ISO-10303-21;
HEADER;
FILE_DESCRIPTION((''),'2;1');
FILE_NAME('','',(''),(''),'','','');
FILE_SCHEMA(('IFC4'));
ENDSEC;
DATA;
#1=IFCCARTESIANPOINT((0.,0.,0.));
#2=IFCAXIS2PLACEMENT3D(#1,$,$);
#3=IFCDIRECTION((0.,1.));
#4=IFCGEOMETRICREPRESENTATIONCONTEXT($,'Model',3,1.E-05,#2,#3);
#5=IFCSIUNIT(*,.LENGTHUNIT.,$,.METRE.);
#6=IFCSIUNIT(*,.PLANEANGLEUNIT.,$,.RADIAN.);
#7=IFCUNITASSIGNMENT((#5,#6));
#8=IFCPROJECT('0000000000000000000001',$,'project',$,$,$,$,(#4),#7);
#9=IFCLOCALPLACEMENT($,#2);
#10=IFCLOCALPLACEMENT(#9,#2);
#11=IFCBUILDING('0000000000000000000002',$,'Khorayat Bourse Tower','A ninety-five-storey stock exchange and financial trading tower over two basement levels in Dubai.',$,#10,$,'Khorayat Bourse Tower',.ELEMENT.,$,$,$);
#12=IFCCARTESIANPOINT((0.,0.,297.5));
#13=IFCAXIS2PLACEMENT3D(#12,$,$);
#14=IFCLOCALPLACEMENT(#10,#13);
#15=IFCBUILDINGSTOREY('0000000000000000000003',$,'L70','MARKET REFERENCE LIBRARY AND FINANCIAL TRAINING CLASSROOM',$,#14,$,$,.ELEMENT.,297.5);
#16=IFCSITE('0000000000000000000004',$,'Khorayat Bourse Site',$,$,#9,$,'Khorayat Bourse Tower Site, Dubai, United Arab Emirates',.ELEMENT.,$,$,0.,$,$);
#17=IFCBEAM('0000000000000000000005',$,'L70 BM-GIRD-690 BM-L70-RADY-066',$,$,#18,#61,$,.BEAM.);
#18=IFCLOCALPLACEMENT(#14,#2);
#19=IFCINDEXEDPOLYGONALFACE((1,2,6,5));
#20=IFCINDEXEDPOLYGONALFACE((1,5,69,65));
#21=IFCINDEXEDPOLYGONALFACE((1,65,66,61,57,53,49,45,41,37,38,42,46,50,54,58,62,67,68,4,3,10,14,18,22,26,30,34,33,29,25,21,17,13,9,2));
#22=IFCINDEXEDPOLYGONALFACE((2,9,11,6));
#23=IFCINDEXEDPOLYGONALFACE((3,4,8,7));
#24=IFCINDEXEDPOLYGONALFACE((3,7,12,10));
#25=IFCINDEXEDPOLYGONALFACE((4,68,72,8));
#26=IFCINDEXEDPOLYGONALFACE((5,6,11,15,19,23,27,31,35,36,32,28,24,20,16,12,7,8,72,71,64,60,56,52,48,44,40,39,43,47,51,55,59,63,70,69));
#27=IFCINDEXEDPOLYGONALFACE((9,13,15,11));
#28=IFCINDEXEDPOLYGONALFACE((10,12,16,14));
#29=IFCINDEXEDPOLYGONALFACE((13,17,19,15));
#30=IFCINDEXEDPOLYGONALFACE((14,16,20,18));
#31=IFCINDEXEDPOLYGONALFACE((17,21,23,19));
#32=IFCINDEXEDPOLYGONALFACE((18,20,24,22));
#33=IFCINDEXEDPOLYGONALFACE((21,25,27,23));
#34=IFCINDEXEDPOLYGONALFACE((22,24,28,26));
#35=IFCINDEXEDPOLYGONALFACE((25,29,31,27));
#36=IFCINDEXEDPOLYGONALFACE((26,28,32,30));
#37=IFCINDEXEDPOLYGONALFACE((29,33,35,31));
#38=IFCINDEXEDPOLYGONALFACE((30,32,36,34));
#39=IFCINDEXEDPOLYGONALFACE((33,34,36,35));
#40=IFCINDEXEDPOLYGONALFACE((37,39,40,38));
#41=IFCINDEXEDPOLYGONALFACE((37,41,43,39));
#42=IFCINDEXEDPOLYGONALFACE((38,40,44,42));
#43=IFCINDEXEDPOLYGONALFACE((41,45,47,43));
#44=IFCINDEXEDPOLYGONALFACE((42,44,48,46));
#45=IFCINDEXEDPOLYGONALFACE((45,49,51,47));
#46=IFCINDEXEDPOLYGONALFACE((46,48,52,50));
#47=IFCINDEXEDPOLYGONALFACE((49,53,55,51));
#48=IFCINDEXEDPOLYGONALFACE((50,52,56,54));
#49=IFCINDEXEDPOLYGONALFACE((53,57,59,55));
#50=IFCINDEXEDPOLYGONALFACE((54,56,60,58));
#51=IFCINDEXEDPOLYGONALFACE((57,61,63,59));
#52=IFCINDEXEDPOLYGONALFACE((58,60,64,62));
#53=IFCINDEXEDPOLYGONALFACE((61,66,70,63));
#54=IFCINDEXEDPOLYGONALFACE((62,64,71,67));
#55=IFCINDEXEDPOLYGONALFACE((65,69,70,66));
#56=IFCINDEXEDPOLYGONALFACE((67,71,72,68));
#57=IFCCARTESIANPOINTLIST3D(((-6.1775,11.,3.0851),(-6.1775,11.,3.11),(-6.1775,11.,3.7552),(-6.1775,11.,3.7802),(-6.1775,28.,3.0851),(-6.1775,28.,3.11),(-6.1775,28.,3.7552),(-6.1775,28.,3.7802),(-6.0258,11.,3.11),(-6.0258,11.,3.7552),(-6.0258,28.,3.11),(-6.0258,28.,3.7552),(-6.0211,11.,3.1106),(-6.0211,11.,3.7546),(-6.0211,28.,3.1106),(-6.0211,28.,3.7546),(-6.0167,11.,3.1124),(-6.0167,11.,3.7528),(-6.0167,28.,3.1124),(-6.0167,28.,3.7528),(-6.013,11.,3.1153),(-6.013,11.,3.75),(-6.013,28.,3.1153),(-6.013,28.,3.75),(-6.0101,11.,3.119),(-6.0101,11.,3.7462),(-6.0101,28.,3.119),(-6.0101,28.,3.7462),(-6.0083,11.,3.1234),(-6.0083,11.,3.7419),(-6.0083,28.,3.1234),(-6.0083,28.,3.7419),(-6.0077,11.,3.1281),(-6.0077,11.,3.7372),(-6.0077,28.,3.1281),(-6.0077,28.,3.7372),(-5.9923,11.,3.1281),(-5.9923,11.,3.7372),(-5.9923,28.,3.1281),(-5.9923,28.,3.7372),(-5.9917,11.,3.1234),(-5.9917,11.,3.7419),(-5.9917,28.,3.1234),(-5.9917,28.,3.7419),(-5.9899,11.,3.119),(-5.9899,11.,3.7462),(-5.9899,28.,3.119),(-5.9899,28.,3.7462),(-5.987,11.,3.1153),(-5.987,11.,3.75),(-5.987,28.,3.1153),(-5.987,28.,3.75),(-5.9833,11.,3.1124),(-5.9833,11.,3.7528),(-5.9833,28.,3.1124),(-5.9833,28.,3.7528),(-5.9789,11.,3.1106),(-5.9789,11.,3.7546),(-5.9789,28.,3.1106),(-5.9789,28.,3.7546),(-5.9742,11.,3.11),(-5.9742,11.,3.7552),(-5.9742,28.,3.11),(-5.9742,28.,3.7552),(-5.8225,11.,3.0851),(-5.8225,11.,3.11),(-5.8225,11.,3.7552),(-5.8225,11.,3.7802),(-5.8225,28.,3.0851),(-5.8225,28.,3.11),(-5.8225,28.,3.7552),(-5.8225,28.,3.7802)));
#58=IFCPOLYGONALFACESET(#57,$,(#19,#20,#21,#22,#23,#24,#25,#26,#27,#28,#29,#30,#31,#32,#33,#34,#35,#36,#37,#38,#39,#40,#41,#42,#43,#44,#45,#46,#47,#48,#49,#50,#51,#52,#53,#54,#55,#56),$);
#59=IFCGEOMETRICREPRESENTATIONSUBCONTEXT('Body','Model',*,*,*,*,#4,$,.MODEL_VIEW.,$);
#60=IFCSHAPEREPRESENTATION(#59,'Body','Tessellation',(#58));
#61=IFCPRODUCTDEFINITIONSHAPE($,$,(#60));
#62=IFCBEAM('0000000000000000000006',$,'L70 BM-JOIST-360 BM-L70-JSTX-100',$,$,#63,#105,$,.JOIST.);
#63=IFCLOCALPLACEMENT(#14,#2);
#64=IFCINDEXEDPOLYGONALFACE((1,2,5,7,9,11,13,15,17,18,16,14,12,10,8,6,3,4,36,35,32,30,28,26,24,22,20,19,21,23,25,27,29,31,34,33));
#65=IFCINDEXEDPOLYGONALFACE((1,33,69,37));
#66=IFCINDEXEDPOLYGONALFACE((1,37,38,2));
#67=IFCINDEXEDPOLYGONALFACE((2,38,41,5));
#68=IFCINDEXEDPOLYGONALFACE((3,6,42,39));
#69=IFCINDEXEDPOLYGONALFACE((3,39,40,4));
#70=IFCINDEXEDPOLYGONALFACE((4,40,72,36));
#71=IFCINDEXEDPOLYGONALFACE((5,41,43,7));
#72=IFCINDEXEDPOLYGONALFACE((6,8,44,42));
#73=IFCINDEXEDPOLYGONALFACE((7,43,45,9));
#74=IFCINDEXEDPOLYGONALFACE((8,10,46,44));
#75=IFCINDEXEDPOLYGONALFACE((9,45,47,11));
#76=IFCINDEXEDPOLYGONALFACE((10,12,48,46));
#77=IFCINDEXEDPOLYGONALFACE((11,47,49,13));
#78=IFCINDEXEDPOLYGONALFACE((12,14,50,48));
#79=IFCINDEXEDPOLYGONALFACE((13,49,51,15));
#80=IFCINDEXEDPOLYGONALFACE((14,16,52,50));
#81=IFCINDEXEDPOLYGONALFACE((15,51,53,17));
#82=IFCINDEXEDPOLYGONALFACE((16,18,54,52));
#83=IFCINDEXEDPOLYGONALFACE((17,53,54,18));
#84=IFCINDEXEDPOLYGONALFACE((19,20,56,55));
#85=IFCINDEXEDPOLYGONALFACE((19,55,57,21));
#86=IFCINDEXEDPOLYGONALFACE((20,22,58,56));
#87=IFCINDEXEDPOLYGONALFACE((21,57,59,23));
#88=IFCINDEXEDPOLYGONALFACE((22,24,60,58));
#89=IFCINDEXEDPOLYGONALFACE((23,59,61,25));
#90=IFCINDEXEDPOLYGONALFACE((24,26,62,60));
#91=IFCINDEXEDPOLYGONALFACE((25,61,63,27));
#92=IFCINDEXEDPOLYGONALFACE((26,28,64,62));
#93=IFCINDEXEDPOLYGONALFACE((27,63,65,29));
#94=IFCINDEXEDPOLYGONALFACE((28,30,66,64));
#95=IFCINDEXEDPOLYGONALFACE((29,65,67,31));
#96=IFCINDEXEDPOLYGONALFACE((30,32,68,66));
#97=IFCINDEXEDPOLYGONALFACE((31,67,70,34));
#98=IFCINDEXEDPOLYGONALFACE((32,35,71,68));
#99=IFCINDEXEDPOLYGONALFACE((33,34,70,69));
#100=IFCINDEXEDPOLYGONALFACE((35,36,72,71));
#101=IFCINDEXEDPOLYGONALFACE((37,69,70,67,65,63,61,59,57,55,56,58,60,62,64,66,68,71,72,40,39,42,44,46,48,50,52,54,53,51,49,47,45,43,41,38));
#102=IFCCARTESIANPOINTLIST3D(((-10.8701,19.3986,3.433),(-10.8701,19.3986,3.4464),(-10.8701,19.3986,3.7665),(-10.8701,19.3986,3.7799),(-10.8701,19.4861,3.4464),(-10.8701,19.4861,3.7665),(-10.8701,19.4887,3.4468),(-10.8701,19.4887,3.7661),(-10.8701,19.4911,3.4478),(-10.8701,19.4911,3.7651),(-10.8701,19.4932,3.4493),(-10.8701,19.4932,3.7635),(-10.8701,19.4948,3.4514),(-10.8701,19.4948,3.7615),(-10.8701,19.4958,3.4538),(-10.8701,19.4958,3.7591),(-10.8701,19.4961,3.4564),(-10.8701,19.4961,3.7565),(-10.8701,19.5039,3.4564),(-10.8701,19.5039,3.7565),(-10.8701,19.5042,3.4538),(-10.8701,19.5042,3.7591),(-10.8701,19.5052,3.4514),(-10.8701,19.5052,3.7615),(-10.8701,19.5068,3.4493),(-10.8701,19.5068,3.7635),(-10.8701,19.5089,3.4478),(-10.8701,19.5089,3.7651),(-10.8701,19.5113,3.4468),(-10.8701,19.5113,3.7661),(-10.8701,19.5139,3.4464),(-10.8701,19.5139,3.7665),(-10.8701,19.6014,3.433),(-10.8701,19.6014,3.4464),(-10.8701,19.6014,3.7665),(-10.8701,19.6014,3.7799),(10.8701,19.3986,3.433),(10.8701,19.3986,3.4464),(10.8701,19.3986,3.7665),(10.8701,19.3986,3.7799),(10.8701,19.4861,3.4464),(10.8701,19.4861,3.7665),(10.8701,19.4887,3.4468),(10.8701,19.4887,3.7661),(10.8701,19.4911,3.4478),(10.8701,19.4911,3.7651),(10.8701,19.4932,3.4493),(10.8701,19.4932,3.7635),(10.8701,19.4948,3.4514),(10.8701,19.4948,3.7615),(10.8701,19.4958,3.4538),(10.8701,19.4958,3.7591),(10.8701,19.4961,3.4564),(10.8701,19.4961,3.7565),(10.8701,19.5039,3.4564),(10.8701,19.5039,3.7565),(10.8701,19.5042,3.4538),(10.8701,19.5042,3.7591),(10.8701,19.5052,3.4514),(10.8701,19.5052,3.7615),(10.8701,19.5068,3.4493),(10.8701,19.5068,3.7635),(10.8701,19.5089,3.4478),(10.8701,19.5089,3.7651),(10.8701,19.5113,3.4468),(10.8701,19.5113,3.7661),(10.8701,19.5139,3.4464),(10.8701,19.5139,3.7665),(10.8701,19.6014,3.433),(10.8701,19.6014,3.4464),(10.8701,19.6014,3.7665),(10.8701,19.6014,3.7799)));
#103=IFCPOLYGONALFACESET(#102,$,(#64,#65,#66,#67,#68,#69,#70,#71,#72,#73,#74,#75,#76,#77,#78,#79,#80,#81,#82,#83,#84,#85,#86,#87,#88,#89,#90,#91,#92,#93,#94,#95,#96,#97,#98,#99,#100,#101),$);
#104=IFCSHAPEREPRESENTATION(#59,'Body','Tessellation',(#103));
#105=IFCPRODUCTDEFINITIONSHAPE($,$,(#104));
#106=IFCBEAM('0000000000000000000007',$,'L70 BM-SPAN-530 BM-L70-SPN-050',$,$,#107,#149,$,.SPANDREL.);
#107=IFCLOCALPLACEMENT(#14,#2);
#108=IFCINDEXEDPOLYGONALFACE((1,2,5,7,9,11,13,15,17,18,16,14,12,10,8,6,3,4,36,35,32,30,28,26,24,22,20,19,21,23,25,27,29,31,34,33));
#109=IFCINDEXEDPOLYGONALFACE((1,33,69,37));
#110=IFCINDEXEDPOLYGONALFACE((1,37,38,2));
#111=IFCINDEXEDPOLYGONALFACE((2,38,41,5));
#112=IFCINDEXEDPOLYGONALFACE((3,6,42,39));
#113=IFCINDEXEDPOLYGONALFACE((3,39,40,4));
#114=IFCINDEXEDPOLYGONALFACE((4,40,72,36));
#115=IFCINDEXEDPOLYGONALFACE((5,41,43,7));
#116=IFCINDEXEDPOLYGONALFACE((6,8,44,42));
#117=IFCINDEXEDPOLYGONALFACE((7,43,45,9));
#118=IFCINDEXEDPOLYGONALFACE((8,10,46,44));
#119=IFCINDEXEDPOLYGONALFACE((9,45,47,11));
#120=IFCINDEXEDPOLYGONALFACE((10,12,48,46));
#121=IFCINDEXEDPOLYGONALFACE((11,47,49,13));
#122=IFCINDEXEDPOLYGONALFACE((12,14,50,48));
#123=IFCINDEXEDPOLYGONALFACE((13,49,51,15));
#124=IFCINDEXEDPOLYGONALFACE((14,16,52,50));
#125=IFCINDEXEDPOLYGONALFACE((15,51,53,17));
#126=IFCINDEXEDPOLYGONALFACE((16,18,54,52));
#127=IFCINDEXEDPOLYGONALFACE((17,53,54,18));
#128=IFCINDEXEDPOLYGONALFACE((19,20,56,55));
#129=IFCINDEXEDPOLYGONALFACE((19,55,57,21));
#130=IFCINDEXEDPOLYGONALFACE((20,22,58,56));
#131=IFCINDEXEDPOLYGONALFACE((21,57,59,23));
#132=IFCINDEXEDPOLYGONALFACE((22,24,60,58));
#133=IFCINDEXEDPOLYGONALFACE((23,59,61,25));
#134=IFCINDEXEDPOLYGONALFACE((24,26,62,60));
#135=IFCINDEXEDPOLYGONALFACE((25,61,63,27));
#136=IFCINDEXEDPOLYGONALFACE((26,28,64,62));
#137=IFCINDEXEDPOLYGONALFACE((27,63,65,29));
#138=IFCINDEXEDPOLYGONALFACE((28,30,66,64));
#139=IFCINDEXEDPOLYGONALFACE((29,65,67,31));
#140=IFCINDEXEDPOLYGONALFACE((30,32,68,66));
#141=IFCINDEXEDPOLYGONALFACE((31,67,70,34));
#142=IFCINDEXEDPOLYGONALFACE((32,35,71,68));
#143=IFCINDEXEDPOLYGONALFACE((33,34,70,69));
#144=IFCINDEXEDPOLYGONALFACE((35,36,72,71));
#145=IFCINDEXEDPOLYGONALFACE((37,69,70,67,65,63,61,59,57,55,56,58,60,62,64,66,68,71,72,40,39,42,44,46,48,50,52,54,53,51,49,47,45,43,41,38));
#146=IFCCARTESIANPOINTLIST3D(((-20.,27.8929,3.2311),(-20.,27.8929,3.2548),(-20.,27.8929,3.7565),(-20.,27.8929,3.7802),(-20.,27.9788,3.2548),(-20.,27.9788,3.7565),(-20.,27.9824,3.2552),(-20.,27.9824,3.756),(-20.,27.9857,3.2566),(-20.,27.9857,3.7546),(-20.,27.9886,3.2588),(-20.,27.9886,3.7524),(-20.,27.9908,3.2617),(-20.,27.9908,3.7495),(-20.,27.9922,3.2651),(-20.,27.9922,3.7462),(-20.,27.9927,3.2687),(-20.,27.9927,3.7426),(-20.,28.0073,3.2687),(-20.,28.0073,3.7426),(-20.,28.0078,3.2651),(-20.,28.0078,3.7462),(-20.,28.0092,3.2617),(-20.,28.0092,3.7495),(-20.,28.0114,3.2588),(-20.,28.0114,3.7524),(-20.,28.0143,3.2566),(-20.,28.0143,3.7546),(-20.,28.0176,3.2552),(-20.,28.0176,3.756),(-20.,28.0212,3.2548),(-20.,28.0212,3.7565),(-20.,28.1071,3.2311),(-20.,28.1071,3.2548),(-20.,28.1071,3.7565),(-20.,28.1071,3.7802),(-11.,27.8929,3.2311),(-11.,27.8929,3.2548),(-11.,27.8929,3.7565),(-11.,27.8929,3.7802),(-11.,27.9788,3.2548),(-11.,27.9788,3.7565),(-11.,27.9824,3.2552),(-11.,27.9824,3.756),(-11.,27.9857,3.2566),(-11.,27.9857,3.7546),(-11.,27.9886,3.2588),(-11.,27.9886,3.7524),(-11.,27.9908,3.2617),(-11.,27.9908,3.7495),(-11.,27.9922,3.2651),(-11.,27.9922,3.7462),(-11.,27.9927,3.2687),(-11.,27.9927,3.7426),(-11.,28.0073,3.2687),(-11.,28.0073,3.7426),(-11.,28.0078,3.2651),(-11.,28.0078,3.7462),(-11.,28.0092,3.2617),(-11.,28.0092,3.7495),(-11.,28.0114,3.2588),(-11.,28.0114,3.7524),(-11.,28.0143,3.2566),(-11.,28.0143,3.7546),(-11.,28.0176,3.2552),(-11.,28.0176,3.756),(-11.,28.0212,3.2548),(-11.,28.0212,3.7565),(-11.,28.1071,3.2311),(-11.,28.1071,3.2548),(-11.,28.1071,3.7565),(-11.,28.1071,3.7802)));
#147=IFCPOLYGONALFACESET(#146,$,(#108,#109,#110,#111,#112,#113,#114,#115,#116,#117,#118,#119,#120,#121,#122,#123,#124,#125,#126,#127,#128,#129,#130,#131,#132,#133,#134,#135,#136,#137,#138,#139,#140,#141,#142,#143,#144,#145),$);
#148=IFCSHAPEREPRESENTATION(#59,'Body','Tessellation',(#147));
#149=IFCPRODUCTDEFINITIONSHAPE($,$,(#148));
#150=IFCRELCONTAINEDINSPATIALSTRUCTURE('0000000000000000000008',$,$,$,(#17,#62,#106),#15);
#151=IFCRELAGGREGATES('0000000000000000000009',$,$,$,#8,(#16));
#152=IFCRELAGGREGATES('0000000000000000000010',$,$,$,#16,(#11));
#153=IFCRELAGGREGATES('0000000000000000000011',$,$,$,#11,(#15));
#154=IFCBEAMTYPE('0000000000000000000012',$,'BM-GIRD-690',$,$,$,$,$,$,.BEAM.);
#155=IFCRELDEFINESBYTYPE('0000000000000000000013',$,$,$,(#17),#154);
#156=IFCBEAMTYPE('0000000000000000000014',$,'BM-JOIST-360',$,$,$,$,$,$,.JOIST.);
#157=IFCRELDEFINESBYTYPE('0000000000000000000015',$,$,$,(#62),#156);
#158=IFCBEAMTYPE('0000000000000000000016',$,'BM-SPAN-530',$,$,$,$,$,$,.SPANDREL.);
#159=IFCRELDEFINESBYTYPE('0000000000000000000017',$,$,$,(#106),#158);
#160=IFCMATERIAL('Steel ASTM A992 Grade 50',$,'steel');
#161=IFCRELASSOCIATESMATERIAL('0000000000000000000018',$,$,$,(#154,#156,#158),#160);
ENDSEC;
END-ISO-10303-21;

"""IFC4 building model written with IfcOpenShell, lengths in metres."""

from ifc_helpers import new_model, si_unit, direction, frame, origin, origin_2d, place, context, subcontext, project, spatial, i_section, extrude, source, transform, mapped, material, material_profile, profile_set, type_object, element, save


model = new_model("IFC4")

# Units and contexts
model_context = context("Model", 3, precision=1e-05, world=origin(), true_north=direction((0.0, 1.0)))
body_context = subcontext(model_context, "Body", "Model", "MODEL_VIEW")
ifc_project = project(units=[si_unit("LENGTHUNIT", "METRE"), si_unit("PLANEANGLEUNIT", "RADIAN")], contexts=[model_context])

# Site, building, storey
site_placement = place(None, origin())
site = spatial("IfcSite", under=ifc_project, at=site_placement, Name="Khorayat Bourse Site", LongName="Khorayat Bourse Tower Site, Dubai, United Arab Emirates", CompositionType="ELEMENT", RefElevation=0.0)
building_placement = place(site_placement, origin())
building = spatial("IfcBuilding", under=site, at=building_placement, Name="Khorayat Bourse Tower", Description="A ninety-five-storey stock exchange and financial trading tower over two basement levels in Dubai.", LongName="Khorayat Bourse Tower", CompositionType="ELEMENT")
storey_placement = place(building_placement, frame((0.0, 0.0, 297.5)))
storey = spatial("IfcBuildingStorey", under=building, at=storey_placement, Name="L70", Description="MARKET REFERENCE LIBRARY AND FINANCIAL TRAINING CLASSROOM", CompositionType="ELEMENT", Elevation=297.5)

# Beams
ifc_material_1 = material(Name="Steel ASTM A992 Grade 50", Category="steel")
ifc_material_profile_1 = material_profile(ifc_material_1, i_section(OverallWidth=0.355, OverallDepth=0.6951, WebThickness=0.0154, FlangeThickness=0.0249, FilletRadius=0.0181, at=origin_2d()), Name="W690X217")
ifc_profile_set_1 = profile_set([ifc_material_profile_1], Name="Steel ASTM A992 Grade 50")
beam_type_1 = type_object("IfcBeamType", Name="BM-GIRD-690", PredefinedType="BEAM", material=ifc_profile_set_1)
shared_shape_1 = source(origin(), body_context, "Body", "SweptSolid", [
    extrude(i_section(OverallWidth=0.355, OverallDepth=0.6951, WebThickness=0.0154, FlangeThickness=0.0249, FilletRadius=0.0181, at=origin_2d()), origin(), (0.0, 0.0, 1.0), 17.0),
])
for number, where, z_axis, x_axis, name in (
    (1, (-6.0, 11.0, 3.4326), (0.0, 1.0, 0.0), (-1.0, 0.0, 0.0), "L70 BM-GIRD-690 BM-L70-RADY-066"),
):
    element("IfcBeam", number, at=place(storey_placement, frame(where, z_axis=z_axis, x_axis=x_axis)), inside=storey, type_object=beam_type_1, Name=name, PredefinedType="BEAM", context=body_context, shape_type="MappedRepresentation", body=[
        mapped(shared_shape_1, transform((0.0, 0.0, 0.0), scale=1.0)),
    ])
ifc_material_profile_2 = material_profile(ifc_material_1, i_section(OverallWidth=0.2029, OverallDepth=0.3469, WebThickness=0.0078, FlangeThickness=0.0134, FilletRadius=0.01, at=origin_2d()), Name="W360X64")
ifc_profile_set_2 = profile_set([ifc_material_profile_2], Name="Steel ASTM A992 Grade 50")
beam_type_2 = type_object("IfcBeamType", Name="BM-JOIST-360", PredefinedType="JOIST", material=ifc_profile_set_2)
shared_shape_2 = source(origin(), body_context, "Body", "SweptSolid", [
    extrude(i_section(OverallWidth=0.2029, OverallDepth=0.3469, WebThickness=0.0078, FlangeThickness=0.0134, FilletRadius=0.01, at=origin_2d()), origin(), (0.0, 0.0, 1.0), 21.7402),
])
beam_1_placement = place(storey_placement, frame((-10.8701, 19.5, 3.6064), z_axis=(1.0, 0.0, 0.0), x_axis=(0.0, 1.0, 0.0)))
element("IfcBeam", 2, at=beam_1_placement, inside=storey, type_object=beam_type_2, Name="L70 BM-JOIST-360 BM-L70-JSTX-100", PredefinedType="JOIST", context=body_context, shape_type="MappedRepresentation", body=[
    mapped(shared_shape_2, transform((0.0, 0.0, 0.0), scale=1.0)),
])
ifc_material_profile_3 = material_profile(ifc_material_1, i_section(OverallWidth=0.2141, OverallDepth=0.5491, WebThickness=0.0146, FlangeThickness=0.0237, FilletRadius=0.0139, at=origin_2d()), Name="W530X138")
ifc_profile_set_3 = profile_set([ifc_material_profile_3], Name="Steel ASTM A992 Grade 50")
beam_type_3 = type_object("IfcBeamType", Name="BM-SPAN-530", PredefinedType="SPANDREL", material=ifc_profile_set_3)
shared_shape_3 = source(origin(), body_context, "Body", "SweptSolid", [
    extrude(i_section(OverallWidth=0.2141, OverallDepth=0.5491, WebThickness=0.0146, FlangeThickness=0.0237, FilletRadius=0.0139, at=origin_2d()), origin(), (0.0, 0.0, 1.0), 9.0),
])
beam_2_placement = place(storey_placement, frame((-20.0, 28.0, 3.5056), z_axis=(1.0, 0.0, 0.0), x_axis=(0.0, 1.0, 0.0)))
element("IfcBeam", 3, at=beam_2_placement, inside=storey, type_object=beam_type_3, Name="L70 BM-SPAN-530 BM-L70-SPN-050", PredefinedType="SPANDREL", context=body_context, shape_type="MappedRepresentation", body=[
    mapped(shared_shape_3, transform((0.0, 0.0, 0.0), scale=1.0)),
])

save(model, "model.ifc")
